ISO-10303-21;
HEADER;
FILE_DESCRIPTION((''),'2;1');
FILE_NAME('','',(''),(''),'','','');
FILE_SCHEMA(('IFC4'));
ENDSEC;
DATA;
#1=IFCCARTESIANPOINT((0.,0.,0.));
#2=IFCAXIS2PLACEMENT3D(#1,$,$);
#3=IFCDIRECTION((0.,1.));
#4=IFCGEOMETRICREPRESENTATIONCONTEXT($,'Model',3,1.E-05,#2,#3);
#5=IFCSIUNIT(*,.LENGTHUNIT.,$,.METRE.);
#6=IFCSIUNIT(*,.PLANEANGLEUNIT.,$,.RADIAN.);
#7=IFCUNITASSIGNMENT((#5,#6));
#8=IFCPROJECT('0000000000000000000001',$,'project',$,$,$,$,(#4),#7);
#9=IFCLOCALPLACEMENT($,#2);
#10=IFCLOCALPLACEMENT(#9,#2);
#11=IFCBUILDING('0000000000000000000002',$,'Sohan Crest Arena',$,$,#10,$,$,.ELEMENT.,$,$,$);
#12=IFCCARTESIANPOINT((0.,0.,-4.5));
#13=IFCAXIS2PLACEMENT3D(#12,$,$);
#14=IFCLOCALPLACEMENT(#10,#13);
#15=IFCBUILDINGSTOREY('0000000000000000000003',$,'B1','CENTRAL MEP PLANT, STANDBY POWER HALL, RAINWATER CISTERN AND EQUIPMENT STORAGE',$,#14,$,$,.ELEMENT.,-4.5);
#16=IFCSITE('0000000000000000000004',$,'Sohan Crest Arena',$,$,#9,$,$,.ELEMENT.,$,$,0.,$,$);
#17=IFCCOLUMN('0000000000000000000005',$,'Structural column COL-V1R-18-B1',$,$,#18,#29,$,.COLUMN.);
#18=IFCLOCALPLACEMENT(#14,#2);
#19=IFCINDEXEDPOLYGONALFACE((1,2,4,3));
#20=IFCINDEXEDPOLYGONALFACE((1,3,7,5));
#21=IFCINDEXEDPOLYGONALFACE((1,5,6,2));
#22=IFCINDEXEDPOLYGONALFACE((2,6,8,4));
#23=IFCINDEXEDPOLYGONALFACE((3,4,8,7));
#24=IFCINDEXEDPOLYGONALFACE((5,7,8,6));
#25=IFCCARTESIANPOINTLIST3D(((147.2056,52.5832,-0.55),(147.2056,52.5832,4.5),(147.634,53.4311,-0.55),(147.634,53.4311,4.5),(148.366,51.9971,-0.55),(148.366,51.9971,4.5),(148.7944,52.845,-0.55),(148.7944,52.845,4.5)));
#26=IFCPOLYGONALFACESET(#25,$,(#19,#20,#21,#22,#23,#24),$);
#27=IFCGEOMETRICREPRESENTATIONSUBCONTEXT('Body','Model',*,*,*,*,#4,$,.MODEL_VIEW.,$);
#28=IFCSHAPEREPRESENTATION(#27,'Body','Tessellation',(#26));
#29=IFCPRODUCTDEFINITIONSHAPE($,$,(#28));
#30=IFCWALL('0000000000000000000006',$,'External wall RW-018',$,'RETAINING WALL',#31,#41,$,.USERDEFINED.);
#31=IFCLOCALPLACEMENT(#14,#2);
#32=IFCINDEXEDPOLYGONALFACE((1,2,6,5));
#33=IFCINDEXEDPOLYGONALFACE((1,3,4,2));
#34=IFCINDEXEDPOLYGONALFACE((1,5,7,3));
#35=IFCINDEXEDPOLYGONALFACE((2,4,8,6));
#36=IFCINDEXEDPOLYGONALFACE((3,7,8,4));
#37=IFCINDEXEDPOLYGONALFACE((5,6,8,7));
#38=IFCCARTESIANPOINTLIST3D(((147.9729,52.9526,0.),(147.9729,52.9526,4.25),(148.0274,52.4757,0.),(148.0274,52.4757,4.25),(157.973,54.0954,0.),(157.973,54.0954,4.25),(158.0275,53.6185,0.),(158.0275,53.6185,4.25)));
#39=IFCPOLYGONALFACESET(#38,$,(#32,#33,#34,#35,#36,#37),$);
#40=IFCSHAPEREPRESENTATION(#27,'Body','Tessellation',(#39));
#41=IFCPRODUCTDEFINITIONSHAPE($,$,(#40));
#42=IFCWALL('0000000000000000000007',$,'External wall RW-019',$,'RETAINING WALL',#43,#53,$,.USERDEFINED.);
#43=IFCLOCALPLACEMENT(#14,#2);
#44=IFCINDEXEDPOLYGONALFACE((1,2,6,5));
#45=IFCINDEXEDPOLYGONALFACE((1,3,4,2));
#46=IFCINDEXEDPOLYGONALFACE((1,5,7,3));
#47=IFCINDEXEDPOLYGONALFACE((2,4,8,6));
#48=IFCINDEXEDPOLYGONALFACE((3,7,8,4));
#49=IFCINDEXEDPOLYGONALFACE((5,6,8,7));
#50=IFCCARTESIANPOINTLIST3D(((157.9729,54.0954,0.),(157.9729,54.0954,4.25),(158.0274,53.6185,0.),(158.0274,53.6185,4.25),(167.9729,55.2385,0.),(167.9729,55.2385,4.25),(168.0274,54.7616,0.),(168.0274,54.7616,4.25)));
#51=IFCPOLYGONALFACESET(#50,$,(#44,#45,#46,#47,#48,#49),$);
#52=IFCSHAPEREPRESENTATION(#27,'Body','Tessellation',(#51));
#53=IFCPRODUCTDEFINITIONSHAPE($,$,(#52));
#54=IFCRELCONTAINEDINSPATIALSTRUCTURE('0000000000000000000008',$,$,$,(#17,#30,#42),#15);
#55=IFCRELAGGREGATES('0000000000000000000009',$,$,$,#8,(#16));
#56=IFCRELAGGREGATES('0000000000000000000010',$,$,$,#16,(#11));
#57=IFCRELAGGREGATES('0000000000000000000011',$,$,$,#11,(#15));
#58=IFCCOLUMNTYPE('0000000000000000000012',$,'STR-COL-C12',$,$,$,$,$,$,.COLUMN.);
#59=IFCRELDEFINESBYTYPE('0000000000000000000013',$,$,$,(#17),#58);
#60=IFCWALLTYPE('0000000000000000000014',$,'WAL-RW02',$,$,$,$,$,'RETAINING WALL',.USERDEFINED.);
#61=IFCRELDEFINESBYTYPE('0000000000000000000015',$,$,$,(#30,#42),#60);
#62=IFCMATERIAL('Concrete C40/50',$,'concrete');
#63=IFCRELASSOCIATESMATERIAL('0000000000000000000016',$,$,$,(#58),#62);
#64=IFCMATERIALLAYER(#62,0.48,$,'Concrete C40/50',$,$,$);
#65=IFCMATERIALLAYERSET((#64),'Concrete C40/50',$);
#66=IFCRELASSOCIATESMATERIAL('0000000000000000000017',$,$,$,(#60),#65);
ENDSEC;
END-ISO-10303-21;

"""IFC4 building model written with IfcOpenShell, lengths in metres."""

from ifc_helpers import new_model, si_unit, direction, frame, frame_2d, origin, origin_2d, place, context, subcontext, project, spatial, rectangle, extrude, material, layer, layer_set, material_profile, profile_set, type_object, element, save


model = new_model("IFC4")

# Units and contexts
model_context = context("Model", 3, precision=1e-05, world=origin(), true_north=direction((0.0, 1.0)))
body_context = subcontext(model_context, "Body", "Model", "MODEL_VIEW")
ifc_project = project(units=[si_unit("LENGTHUNIT", "METRE"), si_unit("PLANEANGLEUNIT", "RADIAN")], contexts=[model_context])

# Site, building, storey
site_placement = place(None, origin())
site = spatial("IfcSite", under=ifc_project, at=site_placement, Name="Sohan Crest Arena", CompositionType="ELEMENT", RefElevation=0.0)
building_placement = place(site_placement, origin())
building = spatial("IfcBuilding", under=site, at=building_placement, Name="Sohan Crest Arena", CompositionType="ELEMENT")
storey_placement = place(building_placement, frame((0.0, 0.0, -4.5)))
storey = spatial("IfcBuildingStorey", under=building, at=storey_placement, Name="B1", Description="CENTRAL MEP PLANT, STANDBY POWER HALL, RAINWATER CISTERN AND EQUIPMENT STORAGE", CompositionType="ELEMENT", Elevation=-4.5)

# Shared definitions
ifc_material = material(Name="Concrete C40/50", Category="concrete")

# Column
ifc_material_profile_1 = material_profile(ifc_material, rectangle(XDim=1.3, YDim=0.95, at=origin_2d()), Name="RC 1300x950")
ifc_profile_set_1 = profile_set([ifc_material_profile_1], Name="Concrete C40/50")
column_type_1 = type_object("IfcColumnType", Name="STR-COL-C12", PredefinedType="COLUMN", material=ifc_profile_set_1)
column_1_placement = place(storey_placement, frame((148.0, 52.7141, -0.55), z_axis=(0.0, 0.0, 1.0), x_axis=(-0.892586, 0.450878, 0.0)))
element("IfcColumn", 1, at=column_1_placement, inside=storey, type_object=column_type_1, Name="Structural column COL-V1R-18-B1", PredefinedType="COLUMN", context=body_context, shape_type="SweptSolid", body=[
    extrude(rectangle(XDim=1.3, YDim=0.95, at=origin_2d()), origin(), (0.0, 0.0, 1.0), 5.05),
])

# Walls
ifc_layer = layer(ifc_material, 0.48, Name="Concrete C40/50")
ifc_layer_set = layer_set([ifc_layer], Name="Concrete C40/50")
wall_type = type_object("IfcWallType", Name="WAL-RW02", ElementType="RETAINING WALL", PredefinedType="USERDEFINED", material=ifc_layer_set)
for number, where, z_axis, x_axis, name in (
    (2, (148.0, 52.7141, 0.0), (0.0, 0.0, 1.0), (0.993533, 0.113543, 0.0), "External wall RW-018"),
    (3, (158.0, 53.8569, 0.0), (0.0, 0.0, 1.0), (0.99353, 0.113567, 0.0), "External wall RW-019"),
):
    element("IfcWall", number, at=place(storey_placement, frame(where, z_axis=z_axis, x_axis=x_axis)), inside=storey, type_object=wall_type, Name=name, ObjectType="RETAINING WALL", PredefinedType="USERDEFINED", context=body_context, shape_type="SweptSolid", body=[
        extrude(rectangle(XDim=10.0652, YDim=0.48, at=frame_2d((5.0327, 0.0))), origin(), (0.0, 0.0, 1.0), 4.25),
    ])

save(model, "model.ifc")
